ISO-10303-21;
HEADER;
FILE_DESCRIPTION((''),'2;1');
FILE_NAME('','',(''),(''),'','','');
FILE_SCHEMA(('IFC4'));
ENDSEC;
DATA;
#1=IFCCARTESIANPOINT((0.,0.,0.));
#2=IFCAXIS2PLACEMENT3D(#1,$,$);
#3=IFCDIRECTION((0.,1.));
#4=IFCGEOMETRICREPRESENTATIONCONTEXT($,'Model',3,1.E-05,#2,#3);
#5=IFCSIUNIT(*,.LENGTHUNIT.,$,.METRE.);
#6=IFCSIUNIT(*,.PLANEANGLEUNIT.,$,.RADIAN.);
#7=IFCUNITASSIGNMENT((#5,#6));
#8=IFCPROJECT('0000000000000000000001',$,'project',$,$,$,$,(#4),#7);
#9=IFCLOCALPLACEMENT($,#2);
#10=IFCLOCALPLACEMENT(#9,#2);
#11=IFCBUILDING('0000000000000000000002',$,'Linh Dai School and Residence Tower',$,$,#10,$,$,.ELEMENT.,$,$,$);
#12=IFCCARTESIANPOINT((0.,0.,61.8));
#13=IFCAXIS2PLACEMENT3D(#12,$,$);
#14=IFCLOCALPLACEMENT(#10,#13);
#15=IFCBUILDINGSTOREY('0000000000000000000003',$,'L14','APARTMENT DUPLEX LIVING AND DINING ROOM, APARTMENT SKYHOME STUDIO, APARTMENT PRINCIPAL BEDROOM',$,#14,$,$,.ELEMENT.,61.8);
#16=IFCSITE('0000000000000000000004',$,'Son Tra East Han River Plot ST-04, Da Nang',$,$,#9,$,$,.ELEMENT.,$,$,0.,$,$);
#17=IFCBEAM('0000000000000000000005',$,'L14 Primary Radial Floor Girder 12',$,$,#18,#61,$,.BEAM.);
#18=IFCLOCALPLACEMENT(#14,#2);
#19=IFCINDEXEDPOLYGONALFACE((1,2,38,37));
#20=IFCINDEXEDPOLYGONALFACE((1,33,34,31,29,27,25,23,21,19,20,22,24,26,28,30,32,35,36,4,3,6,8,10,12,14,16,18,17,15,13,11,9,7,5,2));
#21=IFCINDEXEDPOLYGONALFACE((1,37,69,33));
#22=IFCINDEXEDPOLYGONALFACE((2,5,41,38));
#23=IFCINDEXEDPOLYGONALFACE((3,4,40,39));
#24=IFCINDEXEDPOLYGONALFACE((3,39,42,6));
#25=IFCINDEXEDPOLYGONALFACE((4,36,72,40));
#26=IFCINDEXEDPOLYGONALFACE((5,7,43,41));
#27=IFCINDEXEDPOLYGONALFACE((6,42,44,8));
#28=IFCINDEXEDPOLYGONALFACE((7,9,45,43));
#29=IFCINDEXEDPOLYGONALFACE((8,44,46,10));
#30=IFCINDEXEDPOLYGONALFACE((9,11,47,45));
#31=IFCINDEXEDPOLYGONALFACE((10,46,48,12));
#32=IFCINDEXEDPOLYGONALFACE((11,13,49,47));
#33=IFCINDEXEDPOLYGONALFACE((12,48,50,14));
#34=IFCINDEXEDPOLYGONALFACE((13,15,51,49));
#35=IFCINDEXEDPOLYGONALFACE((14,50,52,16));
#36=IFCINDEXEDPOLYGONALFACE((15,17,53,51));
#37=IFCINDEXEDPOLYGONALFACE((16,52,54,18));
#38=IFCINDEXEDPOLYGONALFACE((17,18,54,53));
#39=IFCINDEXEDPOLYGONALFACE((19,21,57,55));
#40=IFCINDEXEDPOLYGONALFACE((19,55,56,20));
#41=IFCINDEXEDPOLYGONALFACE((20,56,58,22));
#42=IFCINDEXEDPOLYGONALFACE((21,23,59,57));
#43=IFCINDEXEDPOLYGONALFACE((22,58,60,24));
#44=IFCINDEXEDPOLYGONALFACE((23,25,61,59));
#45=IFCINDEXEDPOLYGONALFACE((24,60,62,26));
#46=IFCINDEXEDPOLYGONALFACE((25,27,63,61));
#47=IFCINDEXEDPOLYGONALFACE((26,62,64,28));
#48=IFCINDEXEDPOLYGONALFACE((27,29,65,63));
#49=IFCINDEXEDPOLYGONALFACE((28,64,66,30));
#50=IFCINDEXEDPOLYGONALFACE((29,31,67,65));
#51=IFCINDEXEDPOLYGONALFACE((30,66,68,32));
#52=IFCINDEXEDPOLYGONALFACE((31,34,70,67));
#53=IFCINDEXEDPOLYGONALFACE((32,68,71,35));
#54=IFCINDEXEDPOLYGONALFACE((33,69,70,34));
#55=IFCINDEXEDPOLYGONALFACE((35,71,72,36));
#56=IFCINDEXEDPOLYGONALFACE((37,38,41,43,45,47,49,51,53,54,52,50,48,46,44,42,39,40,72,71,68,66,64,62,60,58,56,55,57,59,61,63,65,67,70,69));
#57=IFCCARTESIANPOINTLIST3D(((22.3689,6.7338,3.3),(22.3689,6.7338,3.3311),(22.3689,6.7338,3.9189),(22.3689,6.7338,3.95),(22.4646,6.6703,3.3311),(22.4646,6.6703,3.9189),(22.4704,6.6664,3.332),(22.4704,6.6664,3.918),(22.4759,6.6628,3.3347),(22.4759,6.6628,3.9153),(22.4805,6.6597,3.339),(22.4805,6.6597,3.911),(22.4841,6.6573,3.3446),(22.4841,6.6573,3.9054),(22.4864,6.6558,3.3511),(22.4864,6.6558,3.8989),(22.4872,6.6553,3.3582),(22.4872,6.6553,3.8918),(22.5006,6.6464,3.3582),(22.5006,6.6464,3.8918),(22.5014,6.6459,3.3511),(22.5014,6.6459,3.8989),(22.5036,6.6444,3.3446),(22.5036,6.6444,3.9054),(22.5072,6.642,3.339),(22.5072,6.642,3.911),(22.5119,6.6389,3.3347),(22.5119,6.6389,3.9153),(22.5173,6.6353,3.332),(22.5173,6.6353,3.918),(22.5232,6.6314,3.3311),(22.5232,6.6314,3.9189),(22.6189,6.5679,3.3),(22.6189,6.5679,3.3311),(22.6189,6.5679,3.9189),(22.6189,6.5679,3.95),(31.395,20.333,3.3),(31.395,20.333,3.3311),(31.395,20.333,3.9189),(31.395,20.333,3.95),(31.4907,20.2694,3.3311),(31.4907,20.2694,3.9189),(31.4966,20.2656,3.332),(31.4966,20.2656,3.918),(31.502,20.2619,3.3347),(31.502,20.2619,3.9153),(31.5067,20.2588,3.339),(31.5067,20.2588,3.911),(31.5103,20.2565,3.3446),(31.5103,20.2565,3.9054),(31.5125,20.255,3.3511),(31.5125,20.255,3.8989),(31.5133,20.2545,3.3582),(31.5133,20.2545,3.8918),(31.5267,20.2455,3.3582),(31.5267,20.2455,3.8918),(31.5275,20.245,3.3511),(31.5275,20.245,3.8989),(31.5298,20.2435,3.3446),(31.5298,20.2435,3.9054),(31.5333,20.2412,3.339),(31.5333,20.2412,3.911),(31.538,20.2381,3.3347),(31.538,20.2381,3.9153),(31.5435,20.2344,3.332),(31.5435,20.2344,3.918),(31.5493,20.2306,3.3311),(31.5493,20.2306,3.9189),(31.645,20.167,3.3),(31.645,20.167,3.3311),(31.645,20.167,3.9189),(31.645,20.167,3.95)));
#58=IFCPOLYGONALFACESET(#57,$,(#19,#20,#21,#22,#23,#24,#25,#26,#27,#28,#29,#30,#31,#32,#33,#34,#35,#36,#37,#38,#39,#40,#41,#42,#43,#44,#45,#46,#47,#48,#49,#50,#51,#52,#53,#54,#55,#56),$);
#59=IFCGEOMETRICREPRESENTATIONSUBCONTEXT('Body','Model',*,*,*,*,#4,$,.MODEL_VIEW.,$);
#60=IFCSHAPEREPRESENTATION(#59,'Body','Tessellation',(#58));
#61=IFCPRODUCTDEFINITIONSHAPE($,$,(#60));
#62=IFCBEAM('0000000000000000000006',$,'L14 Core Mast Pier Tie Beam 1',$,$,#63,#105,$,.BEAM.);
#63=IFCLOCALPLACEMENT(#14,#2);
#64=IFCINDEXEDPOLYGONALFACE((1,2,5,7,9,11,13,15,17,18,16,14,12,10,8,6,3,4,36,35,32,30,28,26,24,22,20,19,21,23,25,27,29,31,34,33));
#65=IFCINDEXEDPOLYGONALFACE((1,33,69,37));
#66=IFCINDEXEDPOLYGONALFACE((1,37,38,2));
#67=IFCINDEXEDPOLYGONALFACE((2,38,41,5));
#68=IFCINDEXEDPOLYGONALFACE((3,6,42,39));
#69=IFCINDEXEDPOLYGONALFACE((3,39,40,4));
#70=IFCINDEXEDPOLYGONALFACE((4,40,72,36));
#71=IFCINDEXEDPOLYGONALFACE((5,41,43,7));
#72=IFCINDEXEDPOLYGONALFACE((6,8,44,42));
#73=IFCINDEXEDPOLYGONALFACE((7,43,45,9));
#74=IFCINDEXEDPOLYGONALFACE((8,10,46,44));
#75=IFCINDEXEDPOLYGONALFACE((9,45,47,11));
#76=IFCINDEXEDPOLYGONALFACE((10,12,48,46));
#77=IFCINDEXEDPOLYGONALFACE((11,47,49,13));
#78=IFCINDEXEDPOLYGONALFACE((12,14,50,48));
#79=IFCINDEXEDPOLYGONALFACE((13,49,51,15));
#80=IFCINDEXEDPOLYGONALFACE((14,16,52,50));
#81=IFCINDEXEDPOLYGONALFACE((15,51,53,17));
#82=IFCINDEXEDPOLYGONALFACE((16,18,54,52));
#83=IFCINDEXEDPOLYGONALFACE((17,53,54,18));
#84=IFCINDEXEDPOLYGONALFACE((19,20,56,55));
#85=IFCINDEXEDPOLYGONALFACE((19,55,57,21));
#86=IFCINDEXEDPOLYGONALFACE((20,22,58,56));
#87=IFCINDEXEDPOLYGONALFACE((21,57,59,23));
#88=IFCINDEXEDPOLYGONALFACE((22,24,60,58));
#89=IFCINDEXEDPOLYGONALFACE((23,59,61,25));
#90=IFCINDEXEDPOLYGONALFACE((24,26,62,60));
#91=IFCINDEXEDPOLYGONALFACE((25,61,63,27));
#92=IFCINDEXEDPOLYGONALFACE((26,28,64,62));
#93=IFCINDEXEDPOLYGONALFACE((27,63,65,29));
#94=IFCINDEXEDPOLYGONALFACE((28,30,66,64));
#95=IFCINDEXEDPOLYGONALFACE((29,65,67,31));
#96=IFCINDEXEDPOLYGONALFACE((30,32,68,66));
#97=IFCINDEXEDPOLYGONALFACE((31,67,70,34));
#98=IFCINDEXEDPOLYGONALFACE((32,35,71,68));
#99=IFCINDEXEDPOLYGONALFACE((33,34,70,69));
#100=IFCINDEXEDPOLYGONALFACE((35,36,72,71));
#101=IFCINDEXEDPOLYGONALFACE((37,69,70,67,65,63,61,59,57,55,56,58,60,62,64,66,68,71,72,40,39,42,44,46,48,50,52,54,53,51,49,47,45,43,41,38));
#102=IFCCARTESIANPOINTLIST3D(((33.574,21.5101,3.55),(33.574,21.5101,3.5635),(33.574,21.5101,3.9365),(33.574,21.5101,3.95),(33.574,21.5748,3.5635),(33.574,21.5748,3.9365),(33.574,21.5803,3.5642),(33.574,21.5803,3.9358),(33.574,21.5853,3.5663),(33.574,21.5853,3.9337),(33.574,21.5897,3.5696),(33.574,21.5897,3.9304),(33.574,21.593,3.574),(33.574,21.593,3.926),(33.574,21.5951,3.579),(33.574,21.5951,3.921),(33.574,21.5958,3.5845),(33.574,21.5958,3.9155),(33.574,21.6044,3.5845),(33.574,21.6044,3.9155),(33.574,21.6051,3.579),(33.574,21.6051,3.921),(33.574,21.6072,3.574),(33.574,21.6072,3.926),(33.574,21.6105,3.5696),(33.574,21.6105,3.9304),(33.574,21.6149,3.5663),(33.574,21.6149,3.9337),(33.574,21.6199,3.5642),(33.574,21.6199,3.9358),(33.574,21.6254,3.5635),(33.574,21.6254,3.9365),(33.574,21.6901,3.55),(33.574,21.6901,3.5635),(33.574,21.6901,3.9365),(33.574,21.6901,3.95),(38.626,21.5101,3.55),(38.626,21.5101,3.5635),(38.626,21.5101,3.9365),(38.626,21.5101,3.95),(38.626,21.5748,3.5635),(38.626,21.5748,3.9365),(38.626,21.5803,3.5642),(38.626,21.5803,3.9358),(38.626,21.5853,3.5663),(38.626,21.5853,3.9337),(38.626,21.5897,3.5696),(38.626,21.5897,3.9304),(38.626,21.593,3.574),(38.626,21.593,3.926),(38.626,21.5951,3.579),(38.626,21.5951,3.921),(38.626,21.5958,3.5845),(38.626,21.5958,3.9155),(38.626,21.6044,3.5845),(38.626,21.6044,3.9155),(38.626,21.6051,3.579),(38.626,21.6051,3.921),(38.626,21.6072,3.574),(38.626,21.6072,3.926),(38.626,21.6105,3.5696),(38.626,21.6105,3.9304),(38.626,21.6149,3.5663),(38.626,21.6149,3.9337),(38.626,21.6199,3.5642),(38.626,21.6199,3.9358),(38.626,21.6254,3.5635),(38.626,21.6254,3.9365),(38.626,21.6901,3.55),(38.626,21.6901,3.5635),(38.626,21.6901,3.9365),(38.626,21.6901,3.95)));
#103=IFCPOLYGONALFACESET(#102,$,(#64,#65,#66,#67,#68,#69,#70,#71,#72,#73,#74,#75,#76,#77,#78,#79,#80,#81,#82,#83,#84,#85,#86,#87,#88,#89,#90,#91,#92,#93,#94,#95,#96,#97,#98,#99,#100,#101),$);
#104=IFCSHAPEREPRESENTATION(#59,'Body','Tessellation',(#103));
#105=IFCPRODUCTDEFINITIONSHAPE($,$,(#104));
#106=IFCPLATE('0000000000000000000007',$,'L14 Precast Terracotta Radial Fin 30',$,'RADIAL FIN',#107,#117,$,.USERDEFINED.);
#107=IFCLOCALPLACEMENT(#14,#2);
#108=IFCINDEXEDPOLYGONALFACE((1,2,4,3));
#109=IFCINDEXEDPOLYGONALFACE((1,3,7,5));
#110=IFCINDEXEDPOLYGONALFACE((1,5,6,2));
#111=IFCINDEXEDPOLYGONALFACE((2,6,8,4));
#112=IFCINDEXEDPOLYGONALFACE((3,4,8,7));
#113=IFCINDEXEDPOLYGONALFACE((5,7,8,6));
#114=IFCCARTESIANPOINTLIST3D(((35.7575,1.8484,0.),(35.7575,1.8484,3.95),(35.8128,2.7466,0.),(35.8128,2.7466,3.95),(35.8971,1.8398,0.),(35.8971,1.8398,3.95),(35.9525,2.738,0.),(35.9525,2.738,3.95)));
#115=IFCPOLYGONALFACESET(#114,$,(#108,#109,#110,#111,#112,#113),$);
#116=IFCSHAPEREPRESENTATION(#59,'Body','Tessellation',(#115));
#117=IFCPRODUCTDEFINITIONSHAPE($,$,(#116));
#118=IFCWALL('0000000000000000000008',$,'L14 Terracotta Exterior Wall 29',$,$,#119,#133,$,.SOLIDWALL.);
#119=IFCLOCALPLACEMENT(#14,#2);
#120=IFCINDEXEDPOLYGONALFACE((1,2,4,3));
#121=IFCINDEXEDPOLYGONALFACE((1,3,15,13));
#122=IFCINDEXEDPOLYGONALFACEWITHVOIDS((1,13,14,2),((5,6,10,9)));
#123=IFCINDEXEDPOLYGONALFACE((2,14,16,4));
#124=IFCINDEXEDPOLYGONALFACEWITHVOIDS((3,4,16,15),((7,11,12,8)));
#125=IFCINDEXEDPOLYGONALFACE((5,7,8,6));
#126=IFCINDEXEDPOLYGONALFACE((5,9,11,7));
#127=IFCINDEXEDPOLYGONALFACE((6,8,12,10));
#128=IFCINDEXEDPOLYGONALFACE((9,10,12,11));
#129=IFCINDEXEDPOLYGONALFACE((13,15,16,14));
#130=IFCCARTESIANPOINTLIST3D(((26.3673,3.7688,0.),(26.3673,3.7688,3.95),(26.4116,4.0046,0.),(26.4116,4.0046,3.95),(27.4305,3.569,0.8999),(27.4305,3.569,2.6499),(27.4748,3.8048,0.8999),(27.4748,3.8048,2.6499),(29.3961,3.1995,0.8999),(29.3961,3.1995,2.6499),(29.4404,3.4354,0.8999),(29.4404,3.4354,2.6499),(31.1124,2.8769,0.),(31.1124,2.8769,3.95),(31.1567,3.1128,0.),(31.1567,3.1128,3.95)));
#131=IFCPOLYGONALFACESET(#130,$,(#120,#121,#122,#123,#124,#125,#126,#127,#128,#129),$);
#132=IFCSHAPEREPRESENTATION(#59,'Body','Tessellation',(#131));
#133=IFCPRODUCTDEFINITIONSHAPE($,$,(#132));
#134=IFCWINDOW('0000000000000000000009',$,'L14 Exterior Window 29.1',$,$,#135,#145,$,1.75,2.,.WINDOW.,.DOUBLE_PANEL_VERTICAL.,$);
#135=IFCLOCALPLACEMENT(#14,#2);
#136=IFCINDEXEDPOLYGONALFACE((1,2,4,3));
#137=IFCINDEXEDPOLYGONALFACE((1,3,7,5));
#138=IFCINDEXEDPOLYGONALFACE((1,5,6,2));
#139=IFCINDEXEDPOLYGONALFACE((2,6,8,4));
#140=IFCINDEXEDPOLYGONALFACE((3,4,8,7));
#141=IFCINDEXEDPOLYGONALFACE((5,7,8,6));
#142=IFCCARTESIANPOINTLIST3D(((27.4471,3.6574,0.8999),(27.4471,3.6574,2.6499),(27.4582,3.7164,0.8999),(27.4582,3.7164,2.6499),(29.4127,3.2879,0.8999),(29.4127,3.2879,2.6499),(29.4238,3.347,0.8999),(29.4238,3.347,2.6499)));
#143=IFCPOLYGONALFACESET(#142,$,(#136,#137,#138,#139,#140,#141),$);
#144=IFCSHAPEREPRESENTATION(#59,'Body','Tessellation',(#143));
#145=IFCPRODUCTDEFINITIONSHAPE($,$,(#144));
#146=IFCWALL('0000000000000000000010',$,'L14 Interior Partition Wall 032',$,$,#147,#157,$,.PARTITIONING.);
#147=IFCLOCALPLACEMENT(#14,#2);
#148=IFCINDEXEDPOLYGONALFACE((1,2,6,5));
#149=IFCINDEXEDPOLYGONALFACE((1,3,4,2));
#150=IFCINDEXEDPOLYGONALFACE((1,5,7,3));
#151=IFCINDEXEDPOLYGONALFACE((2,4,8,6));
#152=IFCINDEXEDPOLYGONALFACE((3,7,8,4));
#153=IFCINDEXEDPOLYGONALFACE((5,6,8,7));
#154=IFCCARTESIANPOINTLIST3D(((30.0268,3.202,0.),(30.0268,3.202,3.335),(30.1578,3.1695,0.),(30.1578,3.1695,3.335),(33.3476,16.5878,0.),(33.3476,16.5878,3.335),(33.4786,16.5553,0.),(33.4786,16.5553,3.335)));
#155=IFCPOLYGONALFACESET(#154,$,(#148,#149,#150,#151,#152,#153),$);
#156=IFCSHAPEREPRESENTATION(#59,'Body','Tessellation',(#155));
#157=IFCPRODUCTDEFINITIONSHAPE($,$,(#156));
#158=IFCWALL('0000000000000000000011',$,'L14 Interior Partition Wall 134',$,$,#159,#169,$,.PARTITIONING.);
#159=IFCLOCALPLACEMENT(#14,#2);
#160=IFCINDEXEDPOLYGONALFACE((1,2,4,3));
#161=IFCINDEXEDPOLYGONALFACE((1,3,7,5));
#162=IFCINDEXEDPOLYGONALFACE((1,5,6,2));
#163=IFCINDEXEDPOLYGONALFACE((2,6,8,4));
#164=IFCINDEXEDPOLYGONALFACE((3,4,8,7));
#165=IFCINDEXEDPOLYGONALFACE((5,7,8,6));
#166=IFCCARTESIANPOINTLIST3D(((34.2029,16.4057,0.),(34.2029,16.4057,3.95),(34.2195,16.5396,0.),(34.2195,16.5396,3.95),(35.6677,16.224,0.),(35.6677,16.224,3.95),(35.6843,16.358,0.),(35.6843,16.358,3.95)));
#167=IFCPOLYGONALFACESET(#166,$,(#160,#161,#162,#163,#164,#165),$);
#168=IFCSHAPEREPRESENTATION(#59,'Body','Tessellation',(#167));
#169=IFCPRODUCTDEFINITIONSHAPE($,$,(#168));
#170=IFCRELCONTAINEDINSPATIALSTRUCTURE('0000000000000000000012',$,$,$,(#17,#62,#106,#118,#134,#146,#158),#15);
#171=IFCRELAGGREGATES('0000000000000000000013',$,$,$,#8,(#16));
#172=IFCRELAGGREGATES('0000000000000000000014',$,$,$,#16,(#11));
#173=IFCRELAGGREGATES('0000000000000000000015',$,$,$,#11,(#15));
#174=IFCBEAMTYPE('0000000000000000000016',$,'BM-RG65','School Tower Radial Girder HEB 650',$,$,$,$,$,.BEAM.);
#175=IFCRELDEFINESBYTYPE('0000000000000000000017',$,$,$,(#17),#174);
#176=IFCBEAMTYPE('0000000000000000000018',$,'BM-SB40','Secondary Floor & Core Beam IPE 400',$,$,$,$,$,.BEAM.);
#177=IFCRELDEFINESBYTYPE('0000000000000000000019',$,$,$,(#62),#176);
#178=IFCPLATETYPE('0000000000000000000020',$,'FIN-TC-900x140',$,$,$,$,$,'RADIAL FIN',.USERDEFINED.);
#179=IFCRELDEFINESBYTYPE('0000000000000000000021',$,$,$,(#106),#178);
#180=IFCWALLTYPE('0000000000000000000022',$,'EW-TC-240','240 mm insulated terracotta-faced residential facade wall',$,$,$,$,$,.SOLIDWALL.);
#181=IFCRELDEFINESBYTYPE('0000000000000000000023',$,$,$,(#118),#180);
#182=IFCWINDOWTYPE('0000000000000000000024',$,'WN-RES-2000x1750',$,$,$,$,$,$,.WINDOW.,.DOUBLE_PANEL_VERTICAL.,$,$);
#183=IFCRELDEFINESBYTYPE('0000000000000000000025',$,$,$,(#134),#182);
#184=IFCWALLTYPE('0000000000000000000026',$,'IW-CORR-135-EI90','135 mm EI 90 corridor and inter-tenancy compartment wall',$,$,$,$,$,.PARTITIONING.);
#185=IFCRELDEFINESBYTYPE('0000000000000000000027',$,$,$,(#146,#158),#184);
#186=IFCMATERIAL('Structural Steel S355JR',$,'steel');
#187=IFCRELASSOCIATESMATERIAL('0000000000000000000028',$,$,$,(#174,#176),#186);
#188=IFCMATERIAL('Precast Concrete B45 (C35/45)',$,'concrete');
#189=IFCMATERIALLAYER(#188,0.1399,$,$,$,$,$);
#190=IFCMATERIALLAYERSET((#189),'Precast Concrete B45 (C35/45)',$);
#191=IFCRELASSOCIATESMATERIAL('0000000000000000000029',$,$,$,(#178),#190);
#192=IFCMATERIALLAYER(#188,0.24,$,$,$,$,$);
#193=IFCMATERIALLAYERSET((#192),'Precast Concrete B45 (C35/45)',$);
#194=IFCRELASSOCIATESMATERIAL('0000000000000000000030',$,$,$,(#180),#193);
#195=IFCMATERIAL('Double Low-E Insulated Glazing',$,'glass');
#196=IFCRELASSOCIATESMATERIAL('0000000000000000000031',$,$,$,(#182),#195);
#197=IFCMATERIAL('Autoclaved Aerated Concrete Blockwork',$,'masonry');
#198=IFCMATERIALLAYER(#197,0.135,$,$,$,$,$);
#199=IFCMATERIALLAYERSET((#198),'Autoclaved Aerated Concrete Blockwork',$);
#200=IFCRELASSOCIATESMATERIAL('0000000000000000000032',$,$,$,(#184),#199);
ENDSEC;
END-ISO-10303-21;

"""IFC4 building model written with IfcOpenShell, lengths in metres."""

from ifc_helpers import new_model, si_unit, direction, frame, frame_2d, origin, origin_2d, place, context, subcontext, project, spatial, rectangle, i_section, extrude, source, transform, mapped, material, layer, layer_set, material_profile, profile_set, type_object, element, fill, save


model = new_model("IFC4")

# Units and contexts
model_context = context("Model", 3, precision=1e-05, world=origin(), true_north=direction((0.0, 1.0)))
body_context = subcontext(model_context, "Body", "Model", "MODEL_VIEW")
ifc_project = project(units=[si_unit("LENGTHUNIT", "METRE"), si_unit("PLANEANGLEUNIT", "RADIAN")], contexts=[model_context])

# Site, building, storey
site_placement = place(None, origin())
site = spatial("IfcSite", under=ifc_project, at=site_placement, Name="Son Tra East Han River Plot ST-04, Da Nang", CompositionType="ELEMENT", RefElevation=0.0)
building_placement = place(site_placement, origin())
building = spatial("IfcBuilding", under=site, at=building_placement, Name="Linh Dai School and Residence Tower", CompositionType="ELEMENT")
storey_placement = place(building_placement, frame((0.0, 0.0, 61.8)))
storey = spatial("IfcBuildingStorey", under=building, at=storey_placement, Name="L14", Description="APARTMENT DUPLEX LIVING AND DINING ROOM, APARTMENT SKYHOME STUDIO, APARTMENT PRINCIPAL BEDROOM", CompositionType="ELEMENT", Elevation=61.8)

# Shared definitions
ifc_material_1 = material(Name="Structural Steel S355JR", Category="steel")

# Beams
ifc_material_profile_1 = material_profile(ifc_material_1, i_section(OverallWidth=0.3, OverallDepth=0.6499, WebThickness=0.0161, FlangeThickness=0.031, FilletRadius=0.0271, at=origin_2d()), Name="HEB 650")
ifc_profile_set_1 = profile_set([ifc_material_profile_1], Name="Structural Steel S355JR")
beam_type_1 = type_object("IfcBeamType", Name="BM-RG65", Description="School Tower Radial Girder HEB 650", PredefinedType="BEAM", material=ifc_profile_set_1)
beam_1_placement = place(storey_placement, frame((31.52, 20.25, 3.625), z_axis=(-0.553004, -0.833178, 0.0), x_axis=(0.833178, -0.553004, 0.0)))
element("IfcBeam", 1, at=beam_1_placement, inside=storey, type_object=beam_type_1, Name="L14 Primary Radial Floor Girder 12", PredefinedType="BEAM", context=body_context, shape_type="SweptSolid", body=[
    extrude(i_section(OverallWidth=0.3, OverallDepth=0.6499, WebThickness=0.0161, FlangeThickness=0.031, FilletRadius=0.0271, at=origin_2d()), origin(), (0.0, 0.0, 1.0), 16.322),
])
ifc_material_profile_2 = material_profile(ifc_material_1, i_section(OverallWidth=0.1799, OverallDepth=0.3999, WebThickness=0.0085, FlangeThickness=0.0134, FilletRadius=0.021, at=origin_2d()), Name="IPE 400")
ifc_profile_set_2 = profile_set([ifc_material_profile_2], Name="Structural Steel S355JR")
beam_type_2 = type_object("IfcBeamType", Name="BM-SB40", Description="Secondary Floor & Core Beam IPE 400", PredefinedType="BEAM", material=ifc_profile_set_2)
beam_2_placement = place(storey_placement, frame((33.574, 21.6001, 3.75), z_axis=(1.0, 0.0, 0.0), x_axis=(0.0, 1.0, 0.0)))
element("IfcBeam", 2, at=beam_2_placement, inside=storey, type_object=beam_type_2, Name="L14 Core Mast Pier Tie Beam 1", PredefinedType="BEAM", context=body_context, shape_type="SweptSolid", body=[
    extrude(i_section(OverallWidth=0.1799, OverallDepth=0.3999, WebThickness=0.0085, FlangeThickness=0.0134, FilletRadius=0.021, at=origin_2d()), origin(), (0.0, 0.0, 1.0), 5.052),
])

# Plate
ifc_material_2 = material(Name="Precast Concrete B45 (C35/45)", Category="concrete")
ifc_layer_1 = layer(ifc_material_2, 0.1399)
ifc_layer_set_1 = layer_set([ifc_layer_1], Name="Precast Concrete B45 (C35/45)")
plate_type = type_object("IfcPlateType", Name="FIN-TC-900x140", ElementType="RADIAL FIN", PredefinedType="USERDEFINED", material=ifc_layer_set_1)
shared_shape_1 = source(origin(), body_context, "Body", "SweptSolid", [
    extrude(rectangle(XDim=0.8999, YDim=0.1399, at=origin_2d()), origin(), (0.0, 0.0, 1.0), 3.95),
])
plate_placement = place(storey_placement, frame((35.855, 2.2932, 0.0), z_axis=(0.0, 0.0, 1.0), x_axis=(-0.061507, -0.998107, 0.0)))
element("IfcPlate", 3, at=plate_placement, inside=storey, type_object=plate_type, Name="L14 Precast Terracotta Radial Fin 30", ObjectType="RADIAL FIN", PredefinedType="USERDEFINED", context=body_context, shape_type="MappedRepresentation", body=[
    mapped(shared_shape_1, transform((0.0, 0.0, 0.0), x_axis=(1.0, 0.0, 0.0), y_axis=(0.0, 1.0, 0.0), z_axis=(0.0, 0.0, 1.0), scale=1.0)),
])

# Wall, opening, window
ifc_layer_2 = layer(ifc_material_2, 0.24)
ifc_layer_set_2 = layer_set([ifc_layer_2], Name="Precast Concrete B45 (C35/45)")
wall_type_1 = type_object("IfcWallType", Name="EW-TC-240", Description="240 mm insulated terracotta-faced residential facade wall", PredefinedType="SOLIDWALL", material=ifc_layer_set_2)
wall_1_placement = place(storey_placement, frame((31.1345, 2.9949, 0.0), z_axis=(0.0, 0.0, 1.0), x_axis=(-0.982792, 0.184716, 0.0)))
wall_1 = element("IfcWall", 4, at=wall_1_placement, inside=storey, type_object=wall_type_1, Name="L14 Terracotta Exterior Wall 29", PredefinedType="SOLIDWALL", context=body_context, shape_type="SweptSolid", body=[
    extrude(rectangle(XDim=4.8281, YDim=0.24, at=frame_2d((2.4141, 0.0))), origin(), (0.0, 0.0, 1.0), 3.95),
])
opening_1_placement = place(wall_1_placement, frame((1.7463, 0.0, 0.8999)))
opening_1 = element("IfcOpeningElement", 5, at=opening_1_placement, cuts=wall_1, PredefinedType="OPENING", context=body_context, shape_type="SweptSolid", body=[
    extrude(rectangle(XDim=2.0, YDim=1.75, at=origin_2d()), frame((1.0, 0.1299, 0.875), z_axis=(0.0, -1.0, 0.0), x_axis=(1.0, 0.0, 0.0)), (0.0, 0.0, 1.0), 0.26),
])
ifc_material_3 = material(Name="Double Low-E Insulated Glazing", Category="glass")
window_type = type_object("IfcWindowType", Name="WN-RES-2000x1750", PartitioningType="DOUBLE_PANEL_VERTICAL", PredefinedType="WINDOW", material=ifc_material_3)
shared_shape_2 = source(origin(), body_context, "Body", "SweptSolid", [
    extrude(rectangle(XDim=2.0, YDim=1.75, at=origin_2d()), frame((1.0, 0.03, 0.875), z_axis=(0.0, -1.0, 0.0), x_axis=(1.0, 0.0, 0.0)), (0.0, 0.0, 1.0), 0.0601),
])
window_placement = place(opening_1_placement, origin())
window = element("IfcWindow", 6, at=window_placement, inside=storey, type_object=window_type, Name="L14 Exterior Window 29.1", OverallHeight=1.75, OverallWidth=2.0, PartitioningType="DOUBLE_PANEL_VERTICAL", PredefinedType="WINDOW", context=body_context, shape_type="MappedRepresentation", body=[
    mapped(shared_shape_2, transform((0.0, 0.0, 0.0), x_axis=(1.0, 0.0, 0.0), y_axis=(0.0, 1.0, 0.0), z_axis=(0.0, 0.0, 1.0), scale=1.0)),
])
fill(opening_1, window)

# Walls
ifc_material_4 = material(Name="Autoclaved Aerated Concrete Blockwork", Category="masonry")
ifc_layer_3 = layer(ifc_material_4, 0.135)
ifc_layer_set_3 = layer_set([ifc_layer_3], Name="Autoclaved Aerated Concrete Blockwork")
wall_type_2 = type_object("IfcWallType", Name="IW-CORR-135-EI90", Description="135 mm EI 90 corridor and inter-tenancy compartment wall", PredefinedType="PARTITIONING", material=ifc_layer_set_3)
wall_2_placement = place(storey_placement, frame((30.0923, 3.1858, 0.0), z_axis=(0.0, 0.0, 1.0), x_axis=(0.240786, 0.970578, 0.0)))
element("IfcWall", 7, at=wall_2_placement, inside=storey, type_object=wall_type_2, Name="L14 Interior Partition Wall 032", PredefinedType="PARTITIONING", context=body_context, shape_type="SweptSolid", body=[
    extrude(rectangle(XDim=13.7915, YDim=0.135, at=frame_2d((6.8958, 0.0))), origin(), (0.0, 0.0, 1.0), 3.335),
])
wall_3_placement = place(storey_placement, frame((34.2112, 16.4727, 0.0), z_axis=(0.0, 0.0, 1.0), x_axis=(0.9924, -0.123058, 0.0)))
element("IfcWall", 8, at=wall_3_placement, inside=storey, type_object=wall_type_2, Name="L14 Interior Partition Wall 134", PredefinedType="PARTITIONING", context=body_context, shape_type="SweptSolid", body=[
    extrude(rectangle(XDim=1.4761, YDim=0.135, at=frame_2d((0.738, 0.0))), origin(), (0.0, 0.0, 1.0), 3.95),
])

save(model, "model.ifc")
